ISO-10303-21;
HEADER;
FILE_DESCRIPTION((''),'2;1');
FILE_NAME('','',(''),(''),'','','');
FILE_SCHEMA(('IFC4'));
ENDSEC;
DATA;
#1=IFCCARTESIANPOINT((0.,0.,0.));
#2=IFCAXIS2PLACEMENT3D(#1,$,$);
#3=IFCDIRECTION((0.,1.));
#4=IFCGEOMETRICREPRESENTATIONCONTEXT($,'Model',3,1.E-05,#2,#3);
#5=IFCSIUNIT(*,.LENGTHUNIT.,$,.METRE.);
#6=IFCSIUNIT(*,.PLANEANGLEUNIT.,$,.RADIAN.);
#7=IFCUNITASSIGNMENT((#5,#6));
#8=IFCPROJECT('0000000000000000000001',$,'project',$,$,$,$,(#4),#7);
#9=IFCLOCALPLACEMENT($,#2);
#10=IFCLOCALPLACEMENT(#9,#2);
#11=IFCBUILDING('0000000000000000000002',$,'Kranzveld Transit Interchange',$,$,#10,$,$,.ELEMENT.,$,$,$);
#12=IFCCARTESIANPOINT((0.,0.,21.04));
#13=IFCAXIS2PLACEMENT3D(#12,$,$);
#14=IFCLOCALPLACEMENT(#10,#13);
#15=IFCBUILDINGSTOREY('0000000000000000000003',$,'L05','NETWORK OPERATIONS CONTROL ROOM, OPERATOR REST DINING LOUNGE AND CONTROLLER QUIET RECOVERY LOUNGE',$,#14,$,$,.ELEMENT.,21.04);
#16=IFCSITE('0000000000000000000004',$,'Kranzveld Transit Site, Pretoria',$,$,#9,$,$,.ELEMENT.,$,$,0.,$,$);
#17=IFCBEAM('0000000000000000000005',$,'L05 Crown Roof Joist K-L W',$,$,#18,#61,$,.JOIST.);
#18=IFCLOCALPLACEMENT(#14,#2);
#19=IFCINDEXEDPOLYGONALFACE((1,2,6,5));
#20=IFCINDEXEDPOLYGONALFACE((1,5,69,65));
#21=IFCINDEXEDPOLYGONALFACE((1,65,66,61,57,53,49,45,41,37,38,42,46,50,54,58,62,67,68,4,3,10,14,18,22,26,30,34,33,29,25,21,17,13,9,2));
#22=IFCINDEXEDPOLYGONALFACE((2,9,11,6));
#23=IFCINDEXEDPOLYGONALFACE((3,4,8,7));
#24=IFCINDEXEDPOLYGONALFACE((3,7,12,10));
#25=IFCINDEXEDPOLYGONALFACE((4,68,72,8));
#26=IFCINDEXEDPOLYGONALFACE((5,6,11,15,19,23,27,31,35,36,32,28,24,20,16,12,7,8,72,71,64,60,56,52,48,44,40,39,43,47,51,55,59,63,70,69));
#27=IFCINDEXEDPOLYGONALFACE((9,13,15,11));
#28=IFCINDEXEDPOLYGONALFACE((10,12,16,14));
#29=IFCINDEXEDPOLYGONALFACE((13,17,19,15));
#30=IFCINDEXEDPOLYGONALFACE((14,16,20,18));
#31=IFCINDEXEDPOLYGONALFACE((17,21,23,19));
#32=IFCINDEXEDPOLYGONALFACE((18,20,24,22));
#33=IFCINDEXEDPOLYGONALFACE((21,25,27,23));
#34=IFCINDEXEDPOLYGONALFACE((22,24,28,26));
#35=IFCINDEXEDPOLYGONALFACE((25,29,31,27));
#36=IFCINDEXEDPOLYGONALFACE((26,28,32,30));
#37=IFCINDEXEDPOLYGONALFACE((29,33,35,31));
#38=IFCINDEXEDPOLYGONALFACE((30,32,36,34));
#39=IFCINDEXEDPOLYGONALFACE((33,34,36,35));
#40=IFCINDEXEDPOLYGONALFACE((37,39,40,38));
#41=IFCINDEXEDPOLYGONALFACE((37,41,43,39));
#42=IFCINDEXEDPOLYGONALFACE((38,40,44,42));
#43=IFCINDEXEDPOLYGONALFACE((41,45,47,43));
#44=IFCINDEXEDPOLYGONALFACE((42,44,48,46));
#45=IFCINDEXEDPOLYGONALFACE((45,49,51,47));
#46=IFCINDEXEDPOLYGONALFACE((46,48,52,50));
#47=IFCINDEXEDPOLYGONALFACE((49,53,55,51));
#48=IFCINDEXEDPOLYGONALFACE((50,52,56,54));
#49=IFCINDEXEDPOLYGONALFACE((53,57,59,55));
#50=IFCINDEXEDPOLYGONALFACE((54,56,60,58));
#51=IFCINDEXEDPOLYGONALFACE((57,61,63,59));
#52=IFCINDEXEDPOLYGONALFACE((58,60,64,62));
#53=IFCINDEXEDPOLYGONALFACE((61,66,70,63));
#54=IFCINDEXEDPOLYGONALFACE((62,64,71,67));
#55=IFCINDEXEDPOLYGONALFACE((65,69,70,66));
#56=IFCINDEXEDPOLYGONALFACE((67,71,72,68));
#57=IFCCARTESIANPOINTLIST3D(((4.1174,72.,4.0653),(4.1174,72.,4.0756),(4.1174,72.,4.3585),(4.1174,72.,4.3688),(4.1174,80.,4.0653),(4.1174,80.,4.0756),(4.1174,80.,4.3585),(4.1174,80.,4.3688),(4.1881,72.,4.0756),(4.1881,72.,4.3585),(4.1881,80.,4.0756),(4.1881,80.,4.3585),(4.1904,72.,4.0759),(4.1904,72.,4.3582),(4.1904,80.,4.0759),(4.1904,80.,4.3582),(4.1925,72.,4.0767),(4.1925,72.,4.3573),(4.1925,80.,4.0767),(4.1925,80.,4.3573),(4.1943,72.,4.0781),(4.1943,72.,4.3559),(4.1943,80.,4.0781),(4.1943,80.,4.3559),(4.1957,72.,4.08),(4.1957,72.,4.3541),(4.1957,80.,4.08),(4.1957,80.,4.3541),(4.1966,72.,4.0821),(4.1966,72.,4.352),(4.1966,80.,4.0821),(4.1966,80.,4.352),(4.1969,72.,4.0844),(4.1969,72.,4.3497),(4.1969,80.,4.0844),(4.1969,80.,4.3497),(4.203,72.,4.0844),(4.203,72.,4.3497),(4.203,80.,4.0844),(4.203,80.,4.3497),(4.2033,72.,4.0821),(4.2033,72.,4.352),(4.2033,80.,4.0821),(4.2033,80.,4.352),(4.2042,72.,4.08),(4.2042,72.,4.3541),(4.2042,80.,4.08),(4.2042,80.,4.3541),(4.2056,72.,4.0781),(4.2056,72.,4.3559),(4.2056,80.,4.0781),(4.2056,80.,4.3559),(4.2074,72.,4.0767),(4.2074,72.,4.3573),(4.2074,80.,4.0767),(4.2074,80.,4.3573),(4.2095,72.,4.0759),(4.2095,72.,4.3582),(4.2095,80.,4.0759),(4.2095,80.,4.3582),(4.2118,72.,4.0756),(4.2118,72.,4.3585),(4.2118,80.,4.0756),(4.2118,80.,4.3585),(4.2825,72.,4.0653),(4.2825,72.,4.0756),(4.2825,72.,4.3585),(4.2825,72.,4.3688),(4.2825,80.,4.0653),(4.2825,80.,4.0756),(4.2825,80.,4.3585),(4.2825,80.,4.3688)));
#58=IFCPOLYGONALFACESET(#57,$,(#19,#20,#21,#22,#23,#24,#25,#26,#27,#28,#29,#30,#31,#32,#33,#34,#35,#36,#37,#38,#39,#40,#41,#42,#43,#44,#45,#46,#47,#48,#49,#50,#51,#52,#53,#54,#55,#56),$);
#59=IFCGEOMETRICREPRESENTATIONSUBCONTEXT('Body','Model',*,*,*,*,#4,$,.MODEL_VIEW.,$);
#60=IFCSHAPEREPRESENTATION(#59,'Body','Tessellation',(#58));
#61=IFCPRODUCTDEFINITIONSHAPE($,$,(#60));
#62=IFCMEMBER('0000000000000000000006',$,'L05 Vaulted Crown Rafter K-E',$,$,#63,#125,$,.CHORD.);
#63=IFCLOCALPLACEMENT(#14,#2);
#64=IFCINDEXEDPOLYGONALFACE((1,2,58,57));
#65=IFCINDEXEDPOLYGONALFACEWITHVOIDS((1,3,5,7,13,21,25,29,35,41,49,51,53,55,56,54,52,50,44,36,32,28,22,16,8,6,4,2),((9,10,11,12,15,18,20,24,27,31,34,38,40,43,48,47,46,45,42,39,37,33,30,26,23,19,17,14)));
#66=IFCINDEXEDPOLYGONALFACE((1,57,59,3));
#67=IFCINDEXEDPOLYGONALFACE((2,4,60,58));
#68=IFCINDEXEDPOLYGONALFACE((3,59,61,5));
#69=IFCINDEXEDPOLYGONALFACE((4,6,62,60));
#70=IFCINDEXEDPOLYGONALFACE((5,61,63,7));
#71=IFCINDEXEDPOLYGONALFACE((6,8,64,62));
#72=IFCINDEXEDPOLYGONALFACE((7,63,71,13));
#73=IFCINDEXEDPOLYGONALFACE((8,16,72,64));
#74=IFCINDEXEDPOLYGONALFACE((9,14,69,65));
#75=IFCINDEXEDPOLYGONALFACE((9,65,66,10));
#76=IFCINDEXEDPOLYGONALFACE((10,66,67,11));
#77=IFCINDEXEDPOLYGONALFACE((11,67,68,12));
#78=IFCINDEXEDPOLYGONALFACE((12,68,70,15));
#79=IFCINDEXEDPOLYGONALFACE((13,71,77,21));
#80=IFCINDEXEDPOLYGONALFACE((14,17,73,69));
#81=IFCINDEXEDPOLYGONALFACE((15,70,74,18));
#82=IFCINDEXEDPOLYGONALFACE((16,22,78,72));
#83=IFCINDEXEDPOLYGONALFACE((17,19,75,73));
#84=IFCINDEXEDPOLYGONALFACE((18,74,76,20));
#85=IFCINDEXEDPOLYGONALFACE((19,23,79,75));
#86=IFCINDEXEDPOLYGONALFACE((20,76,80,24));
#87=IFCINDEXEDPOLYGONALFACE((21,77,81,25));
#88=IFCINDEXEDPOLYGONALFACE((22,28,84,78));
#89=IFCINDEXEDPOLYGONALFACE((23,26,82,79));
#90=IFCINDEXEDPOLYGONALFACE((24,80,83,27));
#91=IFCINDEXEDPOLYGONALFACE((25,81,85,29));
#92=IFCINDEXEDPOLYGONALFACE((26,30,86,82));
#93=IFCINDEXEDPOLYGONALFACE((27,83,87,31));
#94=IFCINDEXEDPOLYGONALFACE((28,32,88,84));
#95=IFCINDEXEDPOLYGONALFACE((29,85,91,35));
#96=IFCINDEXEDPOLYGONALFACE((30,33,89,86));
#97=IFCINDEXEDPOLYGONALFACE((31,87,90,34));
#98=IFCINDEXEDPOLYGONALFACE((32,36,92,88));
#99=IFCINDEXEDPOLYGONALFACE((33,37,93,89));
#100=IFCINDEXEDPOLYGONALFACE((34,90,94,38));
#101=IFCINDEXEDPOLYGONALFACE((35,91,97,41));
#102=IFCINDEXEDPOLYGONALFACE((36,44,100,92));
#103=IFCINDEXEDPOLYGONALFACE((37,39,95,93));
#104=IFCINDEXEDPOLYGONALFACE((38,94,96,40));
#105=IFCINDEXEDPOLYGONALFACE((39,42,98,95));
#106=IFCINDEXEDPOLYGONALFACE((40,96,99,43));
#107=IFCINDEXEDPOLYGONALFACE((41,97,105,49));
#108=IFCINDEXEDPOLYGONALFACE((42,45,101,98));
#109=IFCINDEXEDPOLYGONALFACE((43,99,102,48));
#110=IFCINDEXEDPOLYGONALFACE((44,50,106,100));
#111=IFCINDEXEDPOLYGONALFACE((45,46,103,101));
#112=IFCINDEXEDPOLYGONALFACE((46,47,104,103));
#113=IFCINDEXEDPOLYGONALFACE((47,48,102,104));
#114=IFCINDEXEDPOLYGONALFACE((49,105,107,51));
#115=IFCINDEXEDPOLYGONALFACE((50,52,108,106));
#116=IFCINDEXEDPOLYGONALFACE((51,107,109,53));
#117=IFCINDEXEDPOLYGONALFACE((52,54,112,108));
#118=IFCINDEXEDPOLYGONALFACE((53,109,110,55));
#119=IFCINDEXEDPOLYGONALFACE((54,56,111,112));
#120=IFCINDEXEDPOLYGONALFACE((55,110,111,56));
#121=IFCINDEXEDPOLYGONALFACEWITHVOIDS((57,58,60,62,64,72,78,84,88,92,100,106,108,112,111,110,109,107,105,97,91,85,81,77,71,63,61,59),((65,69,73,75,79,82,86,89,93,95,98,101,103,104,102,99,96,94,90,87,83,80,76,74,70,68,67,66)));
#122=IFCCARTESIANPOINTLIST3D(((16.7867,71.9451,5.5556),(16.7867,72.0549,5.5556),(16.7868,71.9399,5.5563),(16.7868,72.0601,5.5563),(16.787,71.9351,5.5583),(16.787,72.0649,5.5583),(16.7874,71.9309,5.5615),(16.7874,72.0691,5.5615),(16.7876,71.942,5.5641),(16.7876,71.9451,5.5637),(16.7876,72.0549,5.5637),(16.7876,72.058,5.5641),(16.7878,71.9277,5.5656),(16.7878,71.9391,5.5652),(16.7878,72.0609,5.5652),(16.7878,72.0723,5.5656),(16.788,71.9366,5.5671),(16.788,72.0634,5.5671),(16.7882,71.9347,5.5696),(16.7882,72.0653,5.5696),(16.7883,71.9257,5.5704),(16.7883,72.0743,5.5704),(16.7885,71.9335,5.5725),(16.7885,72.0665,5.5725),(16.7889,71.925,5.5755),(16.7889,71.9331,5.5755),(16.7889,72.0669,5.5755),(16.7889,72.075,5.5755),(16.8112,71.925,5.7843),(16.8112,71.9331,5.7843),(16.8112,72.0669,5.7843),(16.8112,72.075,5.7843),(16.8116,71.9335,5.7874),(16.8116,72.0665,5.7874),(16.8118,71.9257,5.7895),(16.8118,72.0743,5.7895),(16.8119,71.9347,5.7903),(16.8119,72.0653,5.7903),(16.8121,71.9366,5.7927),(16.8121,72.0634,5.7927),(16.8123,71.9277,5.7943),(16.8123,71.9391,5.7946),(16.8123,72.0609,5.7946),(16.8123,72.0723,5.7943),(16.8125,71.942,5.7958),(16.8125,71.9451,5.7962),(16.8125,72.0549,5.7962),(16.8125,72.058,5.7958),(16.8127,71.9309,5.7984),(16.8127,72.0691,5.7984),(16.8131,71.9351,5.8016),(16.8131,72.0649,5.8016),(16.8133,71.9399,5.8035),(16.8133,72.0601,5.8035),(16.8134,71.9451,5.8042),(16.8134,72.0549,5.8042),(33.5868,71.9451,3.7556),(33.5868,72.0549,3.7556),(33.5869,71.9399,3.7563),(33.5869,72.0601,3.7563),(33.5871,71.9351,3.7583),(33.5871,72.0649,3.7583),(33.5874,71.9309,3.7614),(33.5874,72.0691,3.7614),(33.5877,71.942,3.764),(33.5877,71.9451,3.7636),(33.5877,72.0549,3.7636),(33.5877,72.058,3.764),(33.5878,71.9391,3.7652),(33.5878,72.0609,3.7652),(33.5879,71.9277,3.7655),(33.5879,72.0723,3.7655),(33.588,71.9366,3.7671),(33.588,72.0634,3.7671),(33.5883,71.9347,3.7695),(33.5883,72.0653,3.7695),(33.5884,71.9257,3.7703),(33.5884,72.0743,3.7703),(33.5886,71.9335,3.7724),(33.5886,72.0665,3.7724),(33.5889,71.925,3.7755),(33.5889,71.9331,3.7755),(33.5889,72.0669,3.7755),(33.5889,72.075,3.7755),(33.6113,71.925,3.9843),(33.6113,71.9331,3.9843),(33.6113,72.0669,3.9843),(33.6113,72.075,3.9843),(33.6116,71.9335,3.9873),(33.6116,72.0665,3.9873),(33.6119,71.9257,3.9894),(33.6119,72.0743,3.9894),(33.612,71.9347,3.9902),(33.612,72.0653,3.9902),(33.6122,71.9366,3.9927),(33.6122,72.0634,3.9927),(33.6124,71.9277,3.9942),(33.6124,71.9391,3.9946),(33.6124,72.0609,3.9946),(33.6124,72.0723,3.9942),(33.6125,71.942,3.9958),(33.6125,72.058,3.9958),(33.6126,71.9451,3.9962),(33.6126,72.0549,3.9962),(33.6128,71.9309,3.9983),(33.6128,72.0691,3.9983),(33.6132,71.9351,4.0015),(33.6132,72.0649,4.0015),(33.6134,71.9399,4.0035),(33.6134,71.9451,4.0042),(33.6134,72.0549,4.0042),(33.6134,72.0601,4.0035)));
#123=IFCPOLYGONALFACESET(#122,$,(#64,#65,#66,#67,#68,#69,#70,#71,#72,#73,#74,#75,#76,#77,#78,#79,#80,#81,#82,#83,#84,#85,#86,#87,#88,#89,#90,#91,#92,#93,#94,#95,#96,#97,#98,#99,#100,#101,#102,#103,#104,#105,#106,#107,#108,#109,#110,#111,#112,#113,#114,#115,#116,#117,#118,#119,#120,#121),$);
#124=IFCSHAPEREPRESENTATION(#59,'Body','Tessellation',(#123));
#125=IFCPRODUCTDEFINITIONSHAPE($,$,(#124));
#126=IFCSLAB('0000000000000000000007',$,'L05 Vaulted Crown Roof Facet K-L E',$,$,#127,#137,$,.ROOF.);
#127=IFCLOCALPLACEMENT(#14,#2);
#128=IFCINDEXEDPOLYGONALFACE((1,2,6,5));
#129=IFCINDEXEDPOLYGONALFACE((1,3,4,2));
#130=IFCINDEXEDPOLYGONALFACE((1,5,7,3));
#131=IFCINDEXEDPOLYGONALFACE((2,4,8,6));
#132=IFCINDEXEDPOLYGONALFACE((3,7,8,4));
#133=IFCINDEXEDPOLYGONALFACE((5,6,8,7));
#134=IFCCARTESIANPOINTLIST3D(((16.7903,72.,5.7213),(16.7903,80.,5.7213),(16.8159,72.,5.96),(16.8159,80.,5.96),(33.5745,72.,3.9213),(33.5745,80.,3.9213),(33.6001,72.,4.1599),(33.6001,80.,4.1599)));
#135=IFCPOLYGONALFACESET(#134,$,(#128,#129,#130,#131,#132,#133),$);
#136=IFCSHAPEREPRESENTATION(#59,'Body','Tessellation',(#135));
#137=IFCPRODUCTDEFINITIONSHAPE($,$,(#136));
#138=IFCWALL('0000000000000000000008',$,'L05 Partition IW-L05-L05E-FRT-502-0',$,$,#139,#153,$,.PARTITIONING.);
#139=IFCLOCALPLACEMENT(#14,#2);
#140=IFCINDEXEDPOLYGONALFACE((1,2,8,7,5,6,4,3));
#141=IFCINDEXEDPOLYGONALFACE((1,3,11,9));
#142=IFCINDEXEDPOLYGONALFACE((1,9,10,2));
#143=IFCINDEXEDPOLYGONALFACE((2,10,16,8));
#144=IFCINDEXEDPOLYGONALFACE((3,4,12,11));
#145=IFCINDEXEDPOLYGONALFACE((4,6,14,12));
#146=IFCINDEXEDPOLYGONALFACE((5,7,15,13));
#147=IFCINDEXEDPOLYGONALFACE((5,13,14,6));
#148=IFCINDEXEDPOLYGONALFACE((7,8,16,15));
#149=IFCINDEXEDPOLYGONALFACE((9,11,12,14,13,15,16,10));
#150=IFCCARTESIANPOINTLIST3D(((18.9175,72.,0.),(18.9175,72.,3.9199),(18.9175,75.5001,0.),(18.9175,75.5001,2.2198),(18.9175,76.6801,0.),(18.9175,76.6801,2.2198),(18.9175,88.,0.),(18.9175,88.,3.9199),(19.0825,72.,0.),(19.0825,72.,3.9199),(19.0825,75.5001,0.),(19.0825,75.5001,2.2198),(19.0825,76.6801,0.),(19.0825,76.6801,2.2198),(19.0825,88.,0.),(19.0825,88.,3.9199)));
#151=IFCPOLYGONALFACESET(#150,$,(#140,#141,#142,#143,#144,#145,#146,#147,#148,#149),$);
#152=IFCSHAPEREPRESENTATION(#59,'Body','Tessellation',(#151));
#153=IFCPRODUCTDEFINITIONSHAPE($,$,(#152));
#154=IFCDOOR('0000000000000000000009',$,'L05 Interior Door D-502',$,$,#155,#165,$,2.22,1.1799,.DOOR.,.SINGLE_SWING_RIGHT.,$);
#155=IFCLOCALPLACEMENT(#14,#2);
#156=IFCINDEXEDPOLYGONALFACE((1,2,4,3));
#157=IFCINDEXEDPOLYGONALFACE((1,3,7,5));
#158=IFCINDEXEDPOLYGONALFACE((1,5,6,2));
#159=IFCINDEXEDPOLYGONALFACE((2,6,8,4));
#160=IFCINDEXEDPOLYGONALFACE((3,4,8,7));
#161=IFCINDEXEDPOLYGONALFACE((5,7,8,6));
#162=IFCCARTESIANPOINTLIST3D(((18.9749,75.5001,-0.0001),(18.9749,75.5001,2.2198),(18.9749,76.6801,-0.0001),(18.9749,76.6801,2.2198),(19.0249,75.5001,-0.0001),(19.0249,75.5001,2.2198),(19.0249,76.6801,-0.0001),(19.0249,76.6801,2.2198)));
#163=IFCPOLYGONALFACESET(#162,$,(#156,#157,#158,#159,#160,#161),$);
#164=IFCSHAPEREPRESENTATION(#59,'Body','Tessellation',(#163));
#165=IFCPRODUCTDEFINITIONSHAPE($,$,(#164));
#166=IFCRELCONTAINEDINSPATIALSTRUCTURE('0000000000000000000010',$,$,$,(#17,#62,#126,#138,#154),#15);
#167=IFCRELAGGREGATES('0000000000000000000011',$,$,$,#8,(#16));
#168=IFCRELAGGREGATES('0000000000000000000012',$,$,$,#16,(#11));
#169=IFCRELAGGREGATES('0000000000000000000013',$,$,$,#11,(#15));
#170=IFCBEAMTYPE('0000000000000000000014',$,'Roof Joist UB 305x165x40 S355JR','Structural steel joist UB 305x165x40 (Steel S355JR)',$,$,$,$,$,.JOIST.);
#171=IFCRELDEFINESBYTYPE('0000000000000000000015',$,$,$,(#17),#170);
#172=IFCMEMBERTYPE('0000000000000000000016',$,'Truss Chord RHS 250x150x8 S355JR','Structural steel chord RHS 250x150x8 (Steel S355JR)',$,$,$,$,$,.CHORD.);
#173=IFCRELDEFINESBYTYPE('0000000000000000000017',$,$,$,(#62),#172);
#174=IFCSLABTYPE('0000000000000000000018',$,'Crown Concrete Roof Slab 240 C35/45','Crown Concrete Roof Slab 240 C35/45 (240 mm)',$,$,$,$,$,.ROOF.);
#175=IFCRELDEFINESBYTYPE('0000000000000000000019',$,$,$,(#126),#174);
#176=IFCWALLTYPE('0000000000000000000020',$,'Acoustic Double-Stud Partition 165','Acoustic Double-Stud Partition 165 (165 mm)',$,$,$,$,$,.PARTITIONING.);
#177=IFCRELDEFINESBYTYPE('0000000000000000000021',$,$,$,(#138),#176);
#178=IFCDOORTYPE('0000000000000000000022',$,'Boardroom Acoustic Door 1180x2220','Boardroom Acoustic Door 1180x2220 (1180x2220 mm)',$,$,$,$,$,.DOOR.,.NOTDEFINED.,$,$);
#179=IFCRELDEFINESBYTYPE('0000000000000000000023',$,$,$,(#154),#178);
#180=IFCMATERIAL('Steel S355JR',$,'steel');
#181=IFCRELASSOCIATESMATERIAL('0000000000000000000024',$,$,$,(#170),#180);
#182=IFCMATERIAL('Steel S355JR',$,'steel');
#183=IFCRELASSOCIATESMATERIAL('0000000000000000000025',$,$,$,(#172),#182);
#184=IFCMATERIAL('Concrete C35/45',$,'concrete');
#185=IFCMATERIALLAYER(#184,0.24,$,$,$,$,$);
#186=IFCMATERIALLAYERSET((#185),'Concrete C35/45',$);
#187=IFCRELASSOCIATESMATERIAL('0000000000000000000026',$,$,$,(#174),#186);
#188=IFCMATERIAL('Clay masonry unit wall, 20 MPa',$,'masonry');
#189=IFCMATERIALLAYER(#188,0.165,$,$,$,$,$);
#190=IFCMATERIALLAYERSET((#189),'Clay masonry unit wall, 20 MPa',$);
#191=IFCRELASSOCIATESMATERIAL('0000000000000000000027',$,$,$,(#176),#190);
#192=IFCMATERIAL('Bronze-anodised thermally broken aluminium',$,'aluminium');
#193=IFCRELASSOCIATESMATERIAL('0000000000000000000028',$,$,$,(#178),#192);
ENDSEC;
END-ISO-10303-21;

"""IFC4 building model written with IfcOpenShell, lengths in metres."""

from ifc_helpers import new_model, si_unit, direction, frame, frame_2d, origin, origin_2d, place, context, subcontext, project, spatial, polyline, rectangle, hollow_rectangle, i_section, outline, extrude, material, layer, layer_set, material_profile, profile_set, type_object, element, fill, save


model = new_model("IFC4")

# Units and contexts
model_context = context("Model", 3, precision=1e-05, world=origin(), true_north=direction((0.0, 1.0)))
body_context = subcontext(model_context, "Body", "Model", "MODEL_VIEW")
ifc_project = project(units=[si_unit("LENGTHUNIT", "METRE"), si_unit("PLANEANGLEUNIT", "RADIAN")], contexts=[model_context])

# Site, building, storey
site_placement = place(None, origin())
site = spatial("IfcSite", under=ifc_project, at=site_placement, Name="Kranzveld Transit Site, Pretoria", CompositionType="ELEMENT", RefElevation=0.0)
building_placement = place(site_placement, origin())
building = spatial("IfcBuilding", under=site, at=building_placement, Name="Kranzveld Transit Interchange", CompositionType="ELEMENT")
storey_placement = place(building_placement, frame((0.0, 0.0, 21.04)))
storey = spatial("IfcBuildingStorey", under=building, at=storey_placement, Name="L05", Description="NETWORK OPERATIONS CONTROL ROOM, OPERATOR REST DINING LOUNGE AND CONTROLLER QUIET RECOVERY LOUNGE", CompositionType="ELEMENT", Elevation=21.04)

# Beam
ifc_material_1 = material(Name="Steel S355JR", Category="steel")
ifc_material_profile_1 = material_profile(ifc_material_1, i_section(OverallWidth=0.165, OverallDepth=0.3035, WebThickness=0.0061, FlangeThickness=0.0103, FilletRadius=0.0088, at=origin_2d()), Name="UB 305x165x40")
ifc_profile_set_1 = profile_set([ifc_material_profile_1], Name="Steel S355JR")
beam_type_1 = type_object("IfcBeamType", Name="Roof Joist UB 305x165x40 S355JR", Description="Structural steel joist UB 305x165x40 (Steel S355JR)", PredefinedType="JOIST", material=ifc_profile_set_1)
beam_placement = place(storey_placement, frame((4.2, 72.0, 4.217), z_axis=(0.0, 1.0, 0.0), x_axis=(-1.0, 0.0, 0.0)))
element("IfcBeam", 1, at=beam_placement, inside=storey, type_object=beam_type_1, Name="L05 Crown Roof Joist K-L W", PredefinedType="JOIST", context=body_context, shape_type="SweptSolid", body=[
    extrude(i_section(OverallWidth=0.165, OverallDepth=0.3035, WebThickness=0.0061, FlangeThickness=0.0103, FilletRadius=0.0088, at=origin_2d()), origin(), (0.0, 0.0, 1.0), 8.0),
])

# Member
ifc_material_2 = material(Name="Steel S355JR", Category="steel")
ifc_material_profile_2 = material_profile(ifc_material_2, hollow_rectangle(XDim=0.1499, YDim=0.25, WallThickness=0.0081, InnerFilletRadius=0.012, OuterFilletRadius=0.02, at=origin_2d()), Name="RHS 250x150x8")
ifc_profile_set_2 = profile_set([ifc_material_profile_2], Name="Steel S355JR")
member_type = type_object("IfcMemberType", Name="Truss Chord RHS 250x150x8 S355JR", Description="Structural steel chord RHS 250x150x8 (Steel S355JR)", PredefinedType="CHORD", material=ifc_profile_set_2)
member_placement = place(storey_placement, frame((16.8, 72.0, 5.6799), z_axis=(0.994309, 0.0, -0.106536), x_axis=(0.0, 1.0, 0.0)))
element("IfcMember", 2, at=member_placement, inside=storey, type_object=member_type, Name="L05 Vaulted Crown Rafter K-E", PredefinedType="CHORD", context=body_context, shape_type="SweptSolid", body=[
    extrude(hollow_rectangle(XDim=0.1499, YDim=0.25, WallThickness=0.0081, InnerFilletRadius=0.012, OuterFilletRadius=0.02, at=origin_2d()), origin(), (0.0, 0.0, 1.0), 16.8962),
])

# Slab
ifc_material_3 = material(Name="Concrete C35/45", Category="concrete")
ifc_layer_1 = layer(ifc_material_3, 0.24)
ifc_layer_set_1 = layer_set([ifc_layer_1], Name="Concrete C35/45")
slab_type = type_object("IfcSlabType", Name="Crown Concrete Roof Slab 240 C35/45", Description="Crown Concrete Roof Slab 240 C35/45 (240 mm)", PredefinedType="ROOF", material=ifc_layer_set_1)
slab_placement = place(storey_placement, frame((16.8159, 72.0, 5.96), z_axis=(0.106635, 0.0, 0.994298), x_axis=(0.994298, 0.0, -0.106635)))
element("IfcSlab", 3, at=slab_placement, inside=storey, type_object=slab_type, Name="L05 Vaulted Crown Roof Facet K-L E", PredefinedType="ROOF", context=body_context, shape_type="SweptSolid", body=[
    extrude(outline(polyline([(0.0, 0.0), (16.8804, 0.0), (16.8804, 8.0), (0.0, 8.0), (0.0, 0.0)])), origin(), (0.0, 0.0, -1.0), 0.24),
])

# Wall, opening, door
ifc_material_4 = material(Name="Clay masonry unit wall, 20 MPa", Category="masonry")
ifc_layer_2 = layer(ifc_material_4, 0.165)
ifc_layer_set_2 = layer_set([ifc_layer_2], Name="Clay masonry unit wall, 20 MPa")
wall_type_1 = type_object("IfcWallType", Name="Acoustic Double-Stud Partition 165", Description="Acoustic Double-Stud Partition 165 (165 mm)", PredefinedType="PARTITIONING", material=ifc_layer_set_2)
wall_1_placement = place(storey_placement, frame((19.0, 72.0, 0.0), z_axis=(0.0, 0.0, 1.0), x_axis=(0.0, 1.0, 0.0)))
wall_1 = element("IfcWall", 4, at=wall_1_placement, inside=storey, type_object=wall_type_1, Name="L05 Partition IW-L05-L05E-FRT-502-0", PredefinedType="PARTITIONING", context=body_context, shape_type="SweptSolid", body=[
    extrude(rectangle(XDim=16.0, YDim=0.165, at=frame_2d((8.0, 0.0))), origin(), (0.0, 0.0, 1.0), 3.9199),
])
opening_1_placement = place(wall_1_placement, frame((4.6799, 0.0, 0.0), z_axis=(0.0, 0.0, 1.0), x_axis=(-1.0, 0.0, 0.0)))
opening_1 = element("IfcOpeningElement", 5, at=opening_1_placement, cuts=wall_1, PredefinedType="OPENING", context=body_context, shape_type="SweptSolid", body=[
    extrude(rectangle(XDim=1.1799, YDim=2.22, at=frame_2d((0.5898, 1.1099))), frame((0.0, 0.0925, 0.0), z_axis=(0.0, -1.0, 0.0), x_axis=(1.0, 0.0, 0.0)), (0.0, 0.0, 1.0), 0.1851),
])
ifc_material_5 = material(Name="Bronze-anodised thermally broken aluminium", Category="aluminium")
door_type_1 = type_object("IfcDoorType", Name="Boardroom Acoustic Door 1180x2220", Description="Boardroom Acoustic Door 1180x2220 (1180x2220 mm)", OperationType="NOTDEFINED", PredefinedType="DOOR", material=ifc_material_5)
door_1_placement = place(opening_1_placement, origin())
door_1 = element("IfcDoor", 6, at=door_1_placement, inside=storey, type_object=door_type_1, Name="L05 Interior Door D-502", OperationType="SINGLE_SWING_RIGHT", OverallHeight=2.22, OverallWidth=1.1799, PredefinedType="DOOR", context=body_context, shape_type="SweptSolid", body=[
    extrude(rectangle(XDim=1.1799, YDim=2.22, at=frame_2d((0.5898, 1.1099))), frame((0.0, 0.0249, 0.0), z_axis=(0.0, -1.0, 0.0), x_axis=(1.0, 0.0, 0.0)), (0.0, 0.0, 1.0), 0.05),
])
fill(opening_1, door_1)

save(model, "model.ifc")
